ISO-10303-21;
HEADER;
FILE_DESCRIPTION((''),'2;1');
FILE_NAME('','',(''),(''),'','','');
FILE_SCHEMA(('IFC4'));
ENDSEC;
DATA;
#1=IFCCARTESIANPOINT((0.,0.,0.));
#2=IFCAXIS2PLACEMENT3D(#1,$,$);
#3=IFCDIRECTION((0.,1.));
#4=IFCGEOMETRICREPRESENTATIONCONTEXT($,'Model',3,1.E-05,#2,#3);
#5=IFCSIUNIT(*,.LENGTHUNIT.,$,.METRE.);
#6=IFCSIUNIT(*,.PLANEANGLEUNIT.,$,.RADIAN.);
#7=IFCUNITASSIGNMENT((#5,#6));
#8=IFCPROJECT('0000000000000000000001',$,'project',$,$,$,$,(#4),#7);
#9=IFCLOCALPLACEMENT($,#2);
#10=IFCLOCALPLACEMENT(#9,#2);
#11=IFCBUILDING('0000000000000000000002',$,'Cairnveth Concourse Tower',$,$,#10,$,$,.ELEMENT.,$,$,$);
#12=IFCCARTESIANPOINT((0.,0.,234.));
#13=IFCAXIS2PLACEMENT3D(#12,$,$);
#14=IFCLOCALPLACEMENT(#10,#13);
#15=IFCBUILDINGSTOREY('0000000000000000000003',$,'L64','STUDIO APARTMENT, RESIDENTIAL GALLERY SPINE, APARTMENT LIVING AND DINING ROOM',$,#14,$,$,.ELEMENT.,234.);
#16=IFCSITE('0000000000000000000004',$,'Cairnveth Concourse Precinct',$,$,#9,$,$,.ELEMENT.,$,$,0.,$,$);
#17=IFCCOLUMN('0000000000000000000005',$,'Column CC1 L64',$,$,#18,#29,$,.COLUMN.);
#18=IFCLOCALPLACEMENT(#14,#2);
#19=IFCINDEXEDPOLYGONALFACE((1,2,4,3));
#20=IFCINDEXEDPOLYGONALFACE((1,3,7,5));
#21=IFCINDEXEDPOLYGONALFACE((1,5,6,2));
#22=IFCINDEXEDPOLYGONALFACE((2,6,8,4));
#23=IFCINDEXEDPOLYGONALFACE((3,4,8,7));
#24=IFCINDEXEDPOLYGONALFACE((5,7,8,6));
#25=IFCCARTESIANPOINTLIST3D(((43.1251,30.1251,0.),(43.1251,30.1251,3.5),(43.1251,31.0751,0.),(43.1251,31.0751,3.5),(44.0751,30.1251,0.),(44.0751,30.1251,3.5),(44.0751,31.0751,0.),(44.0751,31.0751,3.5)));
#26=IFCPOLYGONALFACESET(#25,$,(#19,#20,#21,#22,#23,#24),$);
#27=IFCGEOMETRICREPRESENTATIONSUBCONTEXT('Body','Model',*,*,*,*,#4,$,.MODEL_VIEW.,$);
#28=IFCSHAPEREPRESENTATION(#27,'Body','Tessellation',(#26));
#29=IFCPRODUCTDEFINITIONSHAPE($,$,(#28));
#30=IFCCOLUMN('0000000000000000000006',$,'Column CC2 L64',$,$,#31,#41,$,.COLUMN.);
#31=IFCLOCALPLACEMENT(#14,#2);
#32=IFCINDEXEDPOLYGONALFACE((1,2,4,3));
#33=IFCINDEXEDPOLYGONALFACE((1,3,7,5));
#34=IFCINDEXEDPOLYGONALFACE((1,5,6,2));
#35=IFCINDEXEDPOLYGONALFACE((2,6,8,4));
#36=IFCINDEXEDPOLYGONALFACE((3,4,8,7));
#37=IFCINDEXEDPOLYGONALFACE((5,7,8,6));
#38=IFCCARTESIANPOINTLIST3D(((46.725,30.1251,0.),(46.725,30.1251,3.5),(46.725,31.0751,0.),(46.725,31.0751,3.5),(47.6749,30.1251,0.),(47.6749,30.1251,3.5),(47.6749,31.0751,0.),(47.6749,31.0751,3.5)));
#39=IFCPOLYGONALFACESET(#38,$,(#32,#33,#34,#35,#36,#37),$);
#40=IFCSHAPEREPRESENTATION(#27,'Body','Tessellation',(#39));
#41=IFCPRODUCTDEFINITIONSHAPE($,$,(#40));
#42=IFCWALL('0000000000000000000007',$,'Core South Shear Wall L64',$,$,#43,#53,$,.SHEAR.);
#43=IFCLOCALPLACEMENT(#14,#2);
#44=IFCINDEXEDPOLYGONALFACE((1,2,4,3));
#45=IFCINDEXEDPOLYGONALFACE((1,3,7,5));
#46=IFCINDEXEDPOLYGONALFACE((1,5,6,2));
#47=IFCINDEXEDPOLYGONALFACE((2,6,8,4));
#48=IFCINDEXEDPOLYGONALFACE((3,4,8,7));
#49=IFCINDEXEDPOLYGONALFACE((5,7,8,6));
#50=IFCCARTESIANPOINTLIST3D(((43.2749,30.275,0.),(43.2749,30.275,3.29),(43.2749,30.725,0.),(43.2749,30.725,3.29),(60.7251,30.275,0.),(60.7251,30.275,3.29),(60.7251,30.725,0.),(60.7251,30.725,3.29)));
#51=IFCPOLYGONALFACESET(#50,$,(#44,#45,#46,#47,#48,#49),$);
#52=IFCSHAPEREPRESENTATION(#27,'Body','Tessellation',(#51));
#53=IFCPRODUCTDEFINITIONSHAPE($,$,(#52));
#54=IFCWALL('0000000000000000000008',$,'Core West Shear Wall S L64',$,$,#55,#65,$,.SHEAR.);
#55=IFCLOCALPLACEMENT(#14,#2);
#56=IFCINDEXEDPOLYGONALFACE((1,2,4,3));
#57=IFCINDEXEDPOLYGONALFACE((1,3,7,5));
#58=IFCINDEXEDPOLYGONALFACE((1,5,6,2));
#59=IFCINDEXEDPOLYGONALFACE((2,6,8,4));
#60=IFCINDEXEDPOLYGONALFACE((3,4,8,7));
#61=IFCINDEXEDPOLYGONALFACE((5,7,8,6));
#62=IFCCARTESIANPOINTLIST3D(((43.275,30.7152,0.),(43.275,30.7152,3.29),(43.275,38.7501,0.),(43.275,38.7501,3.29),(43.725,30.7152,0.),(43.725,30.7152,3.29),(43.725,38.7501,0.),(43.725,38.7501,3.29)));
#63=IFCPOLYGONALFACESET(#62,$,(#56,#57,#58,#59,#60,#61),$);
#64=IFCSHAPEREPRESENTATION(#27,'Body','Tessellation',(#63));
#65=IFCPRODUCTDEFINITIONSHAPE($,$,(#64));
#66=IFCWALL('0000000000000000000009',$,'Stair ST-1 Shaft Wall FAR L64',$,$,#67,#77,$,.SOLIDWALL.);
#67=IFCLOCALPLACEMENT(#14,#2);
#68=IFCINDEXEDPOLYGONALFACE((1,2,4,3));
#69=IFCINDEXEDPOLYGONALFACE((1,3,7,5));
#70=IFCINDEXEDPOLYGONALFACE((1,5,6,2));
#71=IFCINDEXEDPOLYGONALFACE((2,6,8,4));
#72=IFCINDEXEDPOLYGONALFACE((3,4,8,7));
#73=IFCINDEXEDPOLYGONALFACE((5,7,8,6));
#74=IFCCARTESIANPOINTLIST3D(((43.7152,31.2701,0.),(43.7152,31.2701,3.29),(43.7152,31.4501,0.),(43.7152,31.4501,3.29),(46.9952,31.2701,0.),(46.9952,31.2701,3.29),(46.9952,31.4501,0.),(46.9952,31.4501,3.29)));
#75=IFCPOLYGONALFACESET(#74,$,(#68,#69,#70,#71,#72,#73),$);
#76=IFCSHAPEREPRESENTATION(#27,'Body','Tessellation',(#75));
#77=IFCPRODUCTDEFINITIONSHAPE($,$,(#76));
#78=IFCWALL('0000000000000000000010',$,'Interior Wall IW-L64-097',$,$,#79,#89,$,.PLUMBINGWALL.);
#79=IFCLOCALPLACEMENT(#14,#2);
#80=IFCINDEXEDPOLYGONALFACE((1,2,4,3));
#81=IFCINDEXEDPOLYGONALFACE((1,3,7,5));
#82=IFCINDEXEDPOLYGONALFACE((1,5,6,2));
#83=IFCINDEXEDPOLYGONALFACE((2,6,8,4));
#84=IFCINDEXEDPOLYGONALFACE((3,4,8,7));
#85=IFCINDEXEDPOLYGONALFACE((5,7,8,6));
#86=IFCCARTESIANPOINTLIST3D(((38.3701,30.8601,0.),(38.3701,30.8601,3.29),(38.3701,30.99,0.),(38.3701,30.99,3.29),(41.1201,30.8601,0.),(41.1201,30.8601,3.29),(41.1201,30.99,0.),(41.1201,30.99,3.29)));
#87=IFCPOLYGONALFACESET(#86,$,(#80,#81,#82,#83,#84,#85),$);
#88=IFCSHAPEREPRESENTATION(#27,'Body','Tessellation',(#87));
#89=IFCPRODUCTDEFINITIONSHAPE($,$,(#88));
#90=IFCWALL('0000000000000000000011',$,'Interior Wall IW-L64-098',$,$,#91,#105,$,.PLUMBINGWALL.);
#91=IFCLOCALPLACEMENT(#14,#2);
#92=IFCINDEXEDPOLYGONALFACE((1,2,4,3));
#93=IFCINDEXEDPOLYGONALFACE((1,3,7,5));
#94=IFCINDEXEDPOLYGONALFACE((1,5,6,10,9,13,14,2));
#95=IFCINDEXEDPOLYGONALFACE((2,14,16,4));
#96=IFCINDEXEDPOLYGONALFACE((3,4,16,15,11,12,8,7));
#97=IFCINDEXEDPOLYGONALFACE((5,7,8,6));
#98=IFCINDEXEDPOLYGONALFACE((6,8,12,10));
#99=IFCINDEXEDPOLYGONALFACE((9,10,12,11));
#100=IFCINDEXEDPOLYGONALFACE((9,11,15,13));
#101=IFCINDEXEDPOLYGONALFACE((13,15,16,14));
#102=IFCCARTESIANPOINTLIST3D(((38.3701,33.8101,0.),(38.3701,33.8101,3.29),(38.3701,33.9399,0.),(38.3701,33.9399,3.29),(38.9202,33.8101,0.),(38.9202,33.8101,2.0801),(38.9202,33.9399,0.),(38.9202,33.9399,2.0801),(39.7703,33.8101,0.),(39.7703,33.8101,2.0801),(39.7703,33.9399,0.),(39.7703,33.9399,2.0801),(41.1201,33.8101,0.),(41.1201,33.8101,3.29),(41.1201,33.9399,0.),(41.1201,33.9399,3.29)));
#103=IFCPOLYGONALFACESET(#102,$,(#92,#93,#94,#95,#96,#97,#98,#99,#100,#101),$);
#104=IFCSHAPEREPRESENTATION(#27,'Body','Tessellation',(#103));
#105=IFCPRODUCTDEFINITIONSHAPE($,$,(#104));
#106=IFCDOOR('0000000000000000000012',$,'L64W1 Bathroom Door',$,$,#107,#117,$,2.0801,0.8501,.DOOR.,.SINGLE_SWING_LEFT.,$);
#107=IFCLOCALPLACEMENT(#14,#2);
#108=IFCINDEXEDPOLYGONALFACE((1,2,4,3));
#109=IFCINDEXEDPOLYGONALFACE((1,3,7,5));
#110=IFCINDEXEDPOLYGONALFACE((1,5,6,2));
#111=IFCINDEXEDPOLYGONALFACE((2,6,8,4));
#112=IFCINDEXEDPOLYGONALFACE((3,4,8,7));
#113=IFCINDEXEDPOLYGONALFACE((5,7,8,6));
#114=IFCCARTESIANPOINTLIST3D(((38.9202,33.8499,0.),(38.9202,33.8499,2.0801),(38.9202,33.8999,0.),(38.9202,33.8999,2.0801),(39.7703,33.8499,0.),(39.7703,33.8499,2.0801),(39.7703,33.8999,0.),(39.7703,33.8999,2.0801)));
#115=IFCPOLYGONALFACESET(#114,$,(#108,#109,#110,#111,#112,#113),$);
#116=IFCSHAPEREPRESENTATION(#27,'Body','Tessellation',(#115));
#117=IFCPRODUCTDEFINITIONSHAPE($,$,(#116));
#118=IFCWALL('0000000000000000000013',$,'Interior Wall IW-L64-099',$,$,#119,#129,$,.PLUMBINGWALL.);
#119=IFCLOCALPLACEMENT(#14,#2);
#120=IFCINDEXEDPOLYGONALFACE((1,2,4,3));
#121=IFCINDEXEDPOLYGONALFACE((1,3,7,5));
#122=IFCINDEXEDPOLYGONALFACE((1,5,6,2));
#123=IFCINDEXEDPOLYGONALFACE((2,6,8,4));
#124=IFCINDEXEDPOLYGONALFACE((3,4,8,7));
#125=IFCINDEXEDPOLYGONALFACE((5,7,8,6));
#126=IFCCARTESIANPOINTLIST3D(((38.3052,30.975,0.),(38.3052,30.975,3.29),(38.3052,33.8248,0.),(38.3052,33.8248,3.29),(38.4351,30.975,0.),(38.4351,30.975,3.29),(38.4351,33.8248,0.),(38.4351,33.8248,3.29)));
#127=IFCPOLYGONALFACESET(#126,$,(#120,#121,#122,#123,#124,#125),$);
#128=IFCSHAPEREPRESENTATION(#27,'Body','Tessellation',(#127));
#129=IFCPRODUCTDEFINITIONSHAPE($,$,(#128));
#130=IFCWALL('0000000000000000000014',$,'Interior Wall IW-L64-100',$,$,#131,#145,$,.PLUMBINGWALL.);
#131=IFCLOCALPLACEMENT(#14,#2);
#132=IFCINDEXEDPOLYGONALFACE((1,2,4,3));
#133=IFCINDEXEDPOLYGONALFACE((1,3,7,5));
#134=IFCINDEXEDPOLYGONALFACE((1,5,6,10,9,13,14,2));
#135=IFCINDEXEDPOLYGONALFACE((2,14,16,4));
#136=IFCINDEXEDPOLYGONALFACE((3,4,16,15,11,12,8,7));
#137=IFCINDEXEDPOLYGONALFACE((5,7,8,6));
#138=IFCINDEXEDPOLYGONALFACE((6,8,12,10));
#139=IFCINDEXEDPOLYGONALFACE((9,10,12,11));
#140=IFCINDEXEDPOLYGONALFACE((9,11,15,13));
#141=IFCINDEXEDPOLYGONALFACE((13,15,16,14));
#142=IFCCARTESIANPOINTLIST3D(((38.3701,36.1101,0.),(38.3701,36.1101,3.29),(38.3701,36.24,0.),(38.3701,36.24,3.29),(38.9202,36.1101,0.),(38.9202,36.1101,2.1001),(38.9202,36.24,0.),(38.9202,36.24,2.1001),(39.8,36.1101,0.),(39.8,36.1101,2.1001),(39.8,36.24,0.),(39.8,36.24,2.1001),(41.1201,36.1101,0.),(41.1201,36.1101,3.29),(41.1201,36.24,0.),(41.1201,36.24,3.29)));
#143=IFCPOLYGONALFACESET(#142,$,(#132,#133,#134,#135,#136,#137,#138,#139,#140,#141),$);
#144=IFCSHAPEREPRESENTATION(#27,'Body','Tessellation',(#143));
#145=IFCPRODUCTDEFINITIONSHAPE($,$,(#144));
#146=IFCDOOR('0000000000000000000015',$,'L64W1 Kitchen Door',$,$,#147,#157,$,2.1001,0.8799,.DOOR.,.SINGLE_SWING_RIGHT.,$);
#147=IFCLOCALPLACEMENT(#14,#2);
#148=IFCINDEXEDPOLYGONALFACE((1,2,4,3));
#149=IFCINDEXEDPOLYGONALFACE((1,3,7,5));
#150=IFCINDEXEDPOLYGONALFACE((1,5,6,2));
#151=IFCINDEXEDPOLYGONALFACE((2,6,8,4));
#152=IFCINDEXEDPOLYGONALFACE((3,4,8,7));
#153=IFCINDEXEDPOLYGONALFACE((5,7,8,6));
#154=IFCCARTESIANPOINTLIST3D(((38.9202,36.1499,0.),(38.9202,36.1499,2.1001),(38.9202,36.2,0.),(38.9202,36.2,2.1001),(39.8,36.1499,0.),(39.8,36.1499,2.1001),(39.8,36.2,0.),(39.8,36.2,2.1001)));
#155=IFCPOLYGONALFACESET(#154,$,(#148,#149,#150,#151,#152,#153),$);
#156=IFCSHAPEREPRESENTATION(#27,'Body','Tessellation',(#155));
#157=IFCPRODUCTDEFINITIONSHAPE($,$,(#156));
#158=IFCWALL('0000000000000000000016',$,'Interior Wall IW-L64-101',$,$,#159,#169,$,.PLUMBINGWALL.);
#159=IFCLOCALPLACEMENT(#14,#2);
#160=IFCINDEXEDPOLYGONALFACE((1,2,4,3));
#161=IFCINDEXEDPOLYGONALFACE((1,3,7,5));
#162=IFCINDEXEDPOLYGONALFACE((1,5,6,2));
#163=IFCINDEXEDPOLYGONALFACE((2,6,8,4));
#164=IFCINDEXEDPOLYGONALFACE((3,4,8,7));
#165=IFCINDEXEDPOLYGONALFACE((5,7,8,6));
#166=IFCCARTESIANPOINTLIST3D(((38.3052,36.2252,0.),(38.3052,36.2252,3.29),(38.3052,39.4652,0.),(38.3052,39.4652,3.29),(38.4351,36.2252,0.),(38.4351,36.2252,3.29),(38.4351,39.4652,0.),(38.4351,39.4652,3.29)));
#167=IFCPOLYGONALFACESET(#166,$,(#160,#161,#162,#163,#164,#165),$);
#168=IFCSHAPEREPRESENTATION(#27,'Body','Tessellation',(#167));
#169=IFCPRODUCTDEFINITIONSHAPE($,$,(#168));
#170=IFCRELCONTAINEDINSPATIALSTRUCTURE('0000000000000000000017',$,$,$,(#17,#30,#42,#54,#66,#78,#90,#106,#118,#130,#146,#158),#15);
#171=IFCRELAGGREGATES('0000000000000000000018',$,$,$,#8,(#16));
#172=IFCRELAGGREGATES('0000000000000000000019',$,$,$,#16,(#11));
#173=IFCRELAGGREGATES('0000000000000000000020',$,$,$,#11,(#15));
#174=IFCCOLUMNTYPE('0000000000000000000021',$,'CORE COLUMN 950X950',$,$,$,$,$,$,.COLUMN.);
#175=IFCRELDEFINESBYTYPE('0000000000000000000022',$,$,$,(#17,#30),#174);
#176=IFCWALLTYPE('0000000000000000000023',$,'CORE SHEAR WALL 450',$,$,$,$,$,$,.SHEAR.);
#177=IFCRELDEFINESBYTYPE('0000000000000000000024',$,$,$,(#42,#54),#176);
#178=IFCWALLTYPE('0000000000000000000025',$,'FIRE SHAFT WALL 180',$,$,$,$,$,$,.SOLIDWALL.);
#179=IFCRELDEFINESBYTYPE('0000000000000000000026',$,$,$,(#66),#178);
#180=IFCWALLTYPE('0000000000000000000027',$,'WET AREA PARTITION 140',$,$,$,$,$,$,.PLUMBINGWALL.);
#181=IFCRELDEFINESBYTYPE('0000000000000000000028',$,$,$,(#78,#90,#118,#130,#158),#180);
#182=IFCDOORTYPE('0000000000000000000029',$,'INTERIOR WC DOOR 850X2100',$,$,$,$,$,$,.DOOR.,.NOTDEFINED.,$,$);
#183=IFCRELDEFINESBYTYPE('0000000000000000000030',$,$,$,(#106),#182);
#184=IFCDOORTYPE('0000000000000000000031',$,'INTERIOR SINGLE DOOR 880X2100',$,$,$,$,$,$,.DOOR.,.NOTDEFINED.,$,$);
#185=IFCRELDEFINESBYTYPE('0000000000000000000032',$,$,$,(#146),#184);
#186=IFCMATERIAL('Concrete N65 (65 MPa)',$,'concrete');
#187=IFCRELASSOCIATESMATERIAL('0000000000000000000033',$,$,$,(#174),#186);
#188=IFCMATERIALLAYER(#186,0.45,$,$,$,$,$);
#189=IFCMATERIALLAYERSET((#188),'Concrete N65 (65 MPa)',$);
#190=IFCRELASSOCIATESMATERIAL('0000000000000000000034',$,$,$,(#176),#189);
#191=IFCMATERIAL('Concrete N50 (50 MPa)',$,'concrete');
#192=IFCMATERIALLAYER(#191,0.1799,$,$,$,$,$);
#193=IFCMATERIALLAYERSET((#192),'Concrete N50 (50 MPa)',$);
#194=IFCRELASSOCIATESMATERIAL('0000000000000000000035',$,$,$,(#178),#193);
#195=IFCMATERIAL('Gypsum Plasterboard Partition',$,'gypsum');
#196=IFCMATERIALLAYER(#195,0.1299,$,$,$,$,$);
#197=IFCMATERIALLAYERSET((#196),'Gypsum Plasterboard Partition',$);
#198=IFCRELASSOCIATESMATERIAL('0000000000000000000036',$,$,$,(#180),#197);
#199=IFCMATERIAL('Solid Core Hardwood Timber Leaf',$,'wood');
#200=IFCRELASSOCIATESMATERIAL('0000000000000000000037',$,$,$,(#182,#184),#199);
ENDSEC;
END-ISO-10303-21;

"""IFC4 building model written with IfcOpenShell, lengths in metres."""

from ifc_helpers import new_model, si_unit, direction, frame, frame_2d, origin, origin_2d, place, context, subcontext, project, spatial, rectangle, extrude, material, layer, layer_set, material_profile, profile_set, type_object, element, fill, save


model = new_model("IFC4")

# Units and contexts
model_context = context("Model", 3, precision=1e-05, world=origin(), true_north=direction((0.0, 1.0)))
body_context = subcontext(model_context, "Body", "Model", "MODEL_VIEW")
ifc_project = project(units=[si_unit("LENGTHUNIT", "METRE"), si_unit("PLANEANGLEUNIT", "RADIAN")], contexts=[model_context])

# Site, building, storey
site_placement = place(None, origin())
site = spatial("IfcSite", under=ifc_project, at=site_placement, Name="Cairnveth Concourse Precinct", CompositionType="ELEMENT", RefElevation=0.0)
building_placement = place(site_placement, origin())
building = spatial("IfcBuilding", under=site, at=building_placement, Name="Cairnveth Concourse Tower", CompositionType="ELEMENT")
storey_placement = place(building_placement, frame((0.0, 0.0, 234.0)))
storey = spatial("IfcBuildingStorey", under=building, at=storey_placement, Name="L64", Description="STUDIO APARTMENT, RESIDENTIAL GALLERY SPINE, APARTMENT LIVING AND DINING ROOM", CompositionType="ELEMENT", Elevation=234.0)

# Columns
ifc_material_1 = material(Name="Concrete N65 (65 MPa)", Category="concrete")
ifc_material_profile = material_profile(ifc_material_1, rectangle(XDim=0.95, YDim=0.95, at=origin_2d()), Name="RC-COL-950x950")
ifc_profile_set = profile_set([ifc_material_profile], Name="Concrete N65 (65 MPa)")
column_type = type_object("IfcColumnType", Name="CORE COLUMN 950X950", PredefinedType="COLUMN", material=ifc_profile_set)
for number, where, z_axis, x_axis, name in (
    (1, (43.6001, 30.6001, 0.0), (0.0, 0.0, 1.0), (1.0, 0.0, 0.0), "Column CC1 L64"),
    (2, (47.2, 30.6001, 0.0), (0.0, 0.0, 1.0), (1.0, 0.0, 0.0), "Column CC2 L64"),
):
    element("IfcColumn", number, at=place(storey_placement, frame(where, z_axis=z_axis, x_axis=x_axis)), inside=storey, type_object=column_type, Name=name, PredefinedType="COLUMN", context=body_context, shape_type="SweptSolid", body=[
        extrude(rectangle(XDim=0.95, YDim=0.95, at=origin_2d()), origin(), (0.0, 0.0, 1.0), 3.5),
    ])

# Walls
ifc_layer_1 = layer(ifc_material_1, 0.45)
ifc_layer_set_1 = layer_set([ifc_layer_1], Name="Concrete N65 (65 MPa)")
wall_type_1 = type_object("IfcWallType", Name="CORE SHEAR WALL 450", PredefinedType="SHEAR", material=ifc_layer_set_1)
wall_1_placement = place(storey_placement, frame((43.2749, 30.5, 0.0), z_axis=(0.0, 0.0, 1.0), x_axis=(1.0, 0.0, 0.0)))
element("IfcWall", 3, at=wall_1_placement, inside=storey, type_object=wall_type_1, Name="Core South Shear Wall L64", PredefinedType="SHEAR", context=body_context, shape_type="SweptSolid", body=[
    extrude(rectangle(XDim=17.4502, YDim=0.45, at=frame_2d((8.7251, 0.0))), origin(), (0.0, 0.0, 1.0), 3.29),
])
wall_2_placement = place(storey_placement, frame((43.5, 30.7151, 0.0), z_axis=(0.0, 0.0, 1.0), x_axis=(0.0, 1.0, 0.0)))
element("IfcWall", 4, at=wall_2_placement, inside=storey, type_object=wall_type_1, Name="Core West Shear Wall S L64", PredefinedType="SHEAR", context=body_context, shape_type="SweptSolid", body=[
    extrude(rectangle(XDim=8.0349, YDim=0.45, at=frame_2d((4.0176, 0.0))), origin(), (0.0, 0.0, 1.0), 3.29),
])
ifc_material_2 = material(Name="Concrete N50 (50 MPa)", Category="concrete")
ifc_layer_2 = layer(ifc_material_2, 0.1799)
ifc_layer_set_2 = layer_set([ifc_layer_2], Name="Concrete N50 (50 MPa)")
wall_type_2 = type_object("IfcWallType", Name="FIRE SHAFT WALL 180", PredefinedType="SOLIDWALL", material=ifc_layer_set_2)
wall_3_placement = place(storey_placement, frame((43.7151, 31.3601, 0.0), z_axis=(0.0, 0.0, 1.0), x_axis=(1.0, 0.0, 0.0)))
element("IfcWall", 5, at=wall_3_placement, inside=storey, type_object=wall_type_2, Name="Stair ST-1 Shaft Wall FAR L64", PredefinedType="SOLIDWALL", context=body_context, shape_type="SweptSolid", body=[
    extrude(rectangle(XDim=3.28, YDim=0.1799, at=frame_2d((1.6401, 0.0))), origin(), (0.0, 0.0, 1.0), 3.29),
])
ifc_material_3 = material(Name="Gypsum Plasterboard Partition", Category="gypsum")
ifc_layer_3 = layer(ifc_material_3, 0.1299)
ifc_layer_set_3 = layer_set([ifc_layer_3], Name="Gypsum Plasterboard Partition")
wall_type_3 = type_object("IfcWallType", Name="WET AREA PARTITION 140", PredefinedType="PLUMBINGWALL", material=ifc_layer_set_3)
wall_4_placement = place(storey_placement, frame((38.3701, 30.925, 0.0), z_axis=(0.0, 0.0, 1.0), x_axis=(1.0, 0.0, 0.0)))
element("IfcWall", 6, at=wall_4_placement, inside=storey, type_object=wall_type_3, Name="Interior Wall IW-L64-097", PredefinedType="PLUMBINGWALL", context=body_context, shape_type="SweptSolid", body=[
    extrude(rectangle(XDim=2.75, YDim=0.1299, at=frame_2d((1.375, 0.0))), origin(), (0.0, 0.0, 1.0), 3.29),
])

# Wall, opening, door
wall_5_placement = place(storey_placement, frame((38.3701, 33.875, 0.0), z_axis=(0.0, 0.0, 1.0), x_axis=(1.0, 0.0, 0.0)))
wall_5 = element("IfcWall", 7, at=wall_5_placement, inside=storey, type_object=wall_type_3, Name="Interior Wall IW-L64-098", PredefinedType="PLUMBINGWALL", context=body_context, shape_type="SweptSolid", body=[
    extrude(rectangle(XDim=2.75, YDim=0.1299, at=frame_2d((1.375, 0.0))), origin(), (0.0, 0.0, 1.0), 3.29),
])
opening_1_placement = place(wall_5_placement, frame((0.55, 0.0, 0.0)))
opening_1 = element("IfcOpeningElement", 8, at=opening_1_placement, cuts=wall_5, PredefinedType="OPENING", context=body_context, shape_type="SweptSolid", body=[
    extrude(rectangle(XDim=0.8501, YDim=2.0801, at=frame_2d((0.425, 1.04))), frame((0.0, 0.075, 0.0), z_axis=(0.0, -1.0, 0.0), x_axis=(1.0, 0.0, 0.0)), (0.0, 0.0, 1.0), 0.1499),
])
ifc_material_4 = material(Name="Solid Core Hardwood Timber Leaf", Category="wood")
door_type_1 = type_object("IfcDoorType", Name="INTERIOR WC DOOR 850X2100", OperationType="NOTDEFINED", PredefinedType="DOOR", material=ifc_material_4)
door_1_placement = place(opening_1_placement, origin())
door_1 = element("IfcDoor", 9, at=door_1_placement, inside=storey, type_object=door_type_1, Name="L64W1 Bathroom Door", OperationType="SINGLE_SWING_LEFT", OverallHeight=2.0801, OverallWidth=0.8501, PredefinedType="DOOR", context=body_context, shape_type="SweptSolid", body=[
    extrude(rectangle(XDim=0.8501, YDim=2.0801, at=frame_2d((0.425, 1.04))), frame((0.0, 0.0249, 0.0), z_axis=(0.0, -1.0, 0.0), x_axis=(1.0, 0.0, 0.0)), (0.0, 0.0, 1.0), 0.05),
])
fill(opening_1, door_1)

# Wall
wall_6_placement = place(storey_placement, frame((38.3701, 30.9751, 0.0), z_axis=(0.0, 0.0, 1.0), x_axis=(0.0, 1.0, 0.0)))
element("IfcWall", 10, at=wall_6_placement, inside=storey, type_object=wall_type_3, Name="Interior Wall IW-L64-099", PredefinedType="PLUMBINGWALL", context=body_context, shape_type="SweptSolid", body=[
    extrude(rectangle(XDim=2.8499, YDim=0.1299, at=frame_2d((1.4248, 0.0))), origin(), (0.0, 0.0, 1.0), 3.29),
])

# Wall, opening, door
wall_7_placement = place(storey_placement, frame((38.3701, 36.175, 0.0), z_axis=(0.0, 0.0, 1.0), x_axis=(1.0, 0.0, 0.0)))
wall_7 = element("IfcWall", 11, at=wall_7_placement, inside=storey, type_object=wall_type_3, Name="Interior Wall IW-L64-100", PredefinedType="PLUMBINGWALL", context=body_context, shape_type="SweptSolid", body=[
    extrude(rectangle(XDim=2.75, YDim=0.1299, at=frame_2d((1.375, 0.0))), origin(), (0.0, 0.0, 1.0), 3.29),
])
opening_2_placement = place(wall_7_placement, frame((0.55, 0.0, 0.0)))
opening_2 = element("IfcOpeningElement", 12, at=opening_2_placement, cuts=wall_7, PredefinedType="OPENING", context=body_context, shape_type="SweptSolid", body=[
    extrude(rectangle(XDim=0.8799, YDim=2.1001, at=frame_2d((0.4399, 1.05))), frame((0.0, 0.075, 0.0), z_axis=(0.0, -1.0, 0.0), x_axis=(1.0, 0.0, 0.0)), (0.0, 0.0, 1.0), 0.1499),
])
door_type_2 = type_object("IfcDoorType", Name="INTERIOR SINGLE DOOR 880X2100", OperationType="NOTDEFINED", PredefinedType="DOOR", material=ifc_material_4)
door_2_placement = place(opening_2_placement, origin())
door_2 = element("IfcDoor", 13, at=door_2_placement, inside=storey, type_object=door_type_2, Name="L64W1 Kitchen Door", OperationType="SINGLE_SWING_RIGHT", OverallHeight=2.1001, OverallWidth=0.8799, PredefinedType="DOOR", context=body_context, shape_type="SweptSolid", body=[
    extrude(rectangle(XDim=0.8799, YDim=2.1001, at=frame_2d((0.4399, 1.05))), frame((0.0, 0.0249, 0.0), z_axis=(0.0, -1.0, 0.0), x_axis=(1.0, 0.0, 0.0)), (0.0, 0.0, 1.0), 0.05),
])
fill(opening_2, door_2)

# Wall
wall_8_placement = place(storey_placement, frame((38.3701, 36.2251, 0.0), z_axis=(0.0, 0.0, 1.0), x_axis=(0.0, 1.0, 0.0)))
element("IfcWall", 14, at=wall_8_placement, inside=storey, type_object=wall_type_3, Name="Interior Wall IW-L64-101", PredefinedType="PLUMBINGWALL", context=body_context, shape_type="SweptSolid", body=[
    extrude(rectangle(XDim=3.24, YDim=0.1299, at=frame_2d((1.6201, 0.0))), origin(), (0.0, 0.0, 1.0), 3.29),
])

save(model, "model.ifc")
